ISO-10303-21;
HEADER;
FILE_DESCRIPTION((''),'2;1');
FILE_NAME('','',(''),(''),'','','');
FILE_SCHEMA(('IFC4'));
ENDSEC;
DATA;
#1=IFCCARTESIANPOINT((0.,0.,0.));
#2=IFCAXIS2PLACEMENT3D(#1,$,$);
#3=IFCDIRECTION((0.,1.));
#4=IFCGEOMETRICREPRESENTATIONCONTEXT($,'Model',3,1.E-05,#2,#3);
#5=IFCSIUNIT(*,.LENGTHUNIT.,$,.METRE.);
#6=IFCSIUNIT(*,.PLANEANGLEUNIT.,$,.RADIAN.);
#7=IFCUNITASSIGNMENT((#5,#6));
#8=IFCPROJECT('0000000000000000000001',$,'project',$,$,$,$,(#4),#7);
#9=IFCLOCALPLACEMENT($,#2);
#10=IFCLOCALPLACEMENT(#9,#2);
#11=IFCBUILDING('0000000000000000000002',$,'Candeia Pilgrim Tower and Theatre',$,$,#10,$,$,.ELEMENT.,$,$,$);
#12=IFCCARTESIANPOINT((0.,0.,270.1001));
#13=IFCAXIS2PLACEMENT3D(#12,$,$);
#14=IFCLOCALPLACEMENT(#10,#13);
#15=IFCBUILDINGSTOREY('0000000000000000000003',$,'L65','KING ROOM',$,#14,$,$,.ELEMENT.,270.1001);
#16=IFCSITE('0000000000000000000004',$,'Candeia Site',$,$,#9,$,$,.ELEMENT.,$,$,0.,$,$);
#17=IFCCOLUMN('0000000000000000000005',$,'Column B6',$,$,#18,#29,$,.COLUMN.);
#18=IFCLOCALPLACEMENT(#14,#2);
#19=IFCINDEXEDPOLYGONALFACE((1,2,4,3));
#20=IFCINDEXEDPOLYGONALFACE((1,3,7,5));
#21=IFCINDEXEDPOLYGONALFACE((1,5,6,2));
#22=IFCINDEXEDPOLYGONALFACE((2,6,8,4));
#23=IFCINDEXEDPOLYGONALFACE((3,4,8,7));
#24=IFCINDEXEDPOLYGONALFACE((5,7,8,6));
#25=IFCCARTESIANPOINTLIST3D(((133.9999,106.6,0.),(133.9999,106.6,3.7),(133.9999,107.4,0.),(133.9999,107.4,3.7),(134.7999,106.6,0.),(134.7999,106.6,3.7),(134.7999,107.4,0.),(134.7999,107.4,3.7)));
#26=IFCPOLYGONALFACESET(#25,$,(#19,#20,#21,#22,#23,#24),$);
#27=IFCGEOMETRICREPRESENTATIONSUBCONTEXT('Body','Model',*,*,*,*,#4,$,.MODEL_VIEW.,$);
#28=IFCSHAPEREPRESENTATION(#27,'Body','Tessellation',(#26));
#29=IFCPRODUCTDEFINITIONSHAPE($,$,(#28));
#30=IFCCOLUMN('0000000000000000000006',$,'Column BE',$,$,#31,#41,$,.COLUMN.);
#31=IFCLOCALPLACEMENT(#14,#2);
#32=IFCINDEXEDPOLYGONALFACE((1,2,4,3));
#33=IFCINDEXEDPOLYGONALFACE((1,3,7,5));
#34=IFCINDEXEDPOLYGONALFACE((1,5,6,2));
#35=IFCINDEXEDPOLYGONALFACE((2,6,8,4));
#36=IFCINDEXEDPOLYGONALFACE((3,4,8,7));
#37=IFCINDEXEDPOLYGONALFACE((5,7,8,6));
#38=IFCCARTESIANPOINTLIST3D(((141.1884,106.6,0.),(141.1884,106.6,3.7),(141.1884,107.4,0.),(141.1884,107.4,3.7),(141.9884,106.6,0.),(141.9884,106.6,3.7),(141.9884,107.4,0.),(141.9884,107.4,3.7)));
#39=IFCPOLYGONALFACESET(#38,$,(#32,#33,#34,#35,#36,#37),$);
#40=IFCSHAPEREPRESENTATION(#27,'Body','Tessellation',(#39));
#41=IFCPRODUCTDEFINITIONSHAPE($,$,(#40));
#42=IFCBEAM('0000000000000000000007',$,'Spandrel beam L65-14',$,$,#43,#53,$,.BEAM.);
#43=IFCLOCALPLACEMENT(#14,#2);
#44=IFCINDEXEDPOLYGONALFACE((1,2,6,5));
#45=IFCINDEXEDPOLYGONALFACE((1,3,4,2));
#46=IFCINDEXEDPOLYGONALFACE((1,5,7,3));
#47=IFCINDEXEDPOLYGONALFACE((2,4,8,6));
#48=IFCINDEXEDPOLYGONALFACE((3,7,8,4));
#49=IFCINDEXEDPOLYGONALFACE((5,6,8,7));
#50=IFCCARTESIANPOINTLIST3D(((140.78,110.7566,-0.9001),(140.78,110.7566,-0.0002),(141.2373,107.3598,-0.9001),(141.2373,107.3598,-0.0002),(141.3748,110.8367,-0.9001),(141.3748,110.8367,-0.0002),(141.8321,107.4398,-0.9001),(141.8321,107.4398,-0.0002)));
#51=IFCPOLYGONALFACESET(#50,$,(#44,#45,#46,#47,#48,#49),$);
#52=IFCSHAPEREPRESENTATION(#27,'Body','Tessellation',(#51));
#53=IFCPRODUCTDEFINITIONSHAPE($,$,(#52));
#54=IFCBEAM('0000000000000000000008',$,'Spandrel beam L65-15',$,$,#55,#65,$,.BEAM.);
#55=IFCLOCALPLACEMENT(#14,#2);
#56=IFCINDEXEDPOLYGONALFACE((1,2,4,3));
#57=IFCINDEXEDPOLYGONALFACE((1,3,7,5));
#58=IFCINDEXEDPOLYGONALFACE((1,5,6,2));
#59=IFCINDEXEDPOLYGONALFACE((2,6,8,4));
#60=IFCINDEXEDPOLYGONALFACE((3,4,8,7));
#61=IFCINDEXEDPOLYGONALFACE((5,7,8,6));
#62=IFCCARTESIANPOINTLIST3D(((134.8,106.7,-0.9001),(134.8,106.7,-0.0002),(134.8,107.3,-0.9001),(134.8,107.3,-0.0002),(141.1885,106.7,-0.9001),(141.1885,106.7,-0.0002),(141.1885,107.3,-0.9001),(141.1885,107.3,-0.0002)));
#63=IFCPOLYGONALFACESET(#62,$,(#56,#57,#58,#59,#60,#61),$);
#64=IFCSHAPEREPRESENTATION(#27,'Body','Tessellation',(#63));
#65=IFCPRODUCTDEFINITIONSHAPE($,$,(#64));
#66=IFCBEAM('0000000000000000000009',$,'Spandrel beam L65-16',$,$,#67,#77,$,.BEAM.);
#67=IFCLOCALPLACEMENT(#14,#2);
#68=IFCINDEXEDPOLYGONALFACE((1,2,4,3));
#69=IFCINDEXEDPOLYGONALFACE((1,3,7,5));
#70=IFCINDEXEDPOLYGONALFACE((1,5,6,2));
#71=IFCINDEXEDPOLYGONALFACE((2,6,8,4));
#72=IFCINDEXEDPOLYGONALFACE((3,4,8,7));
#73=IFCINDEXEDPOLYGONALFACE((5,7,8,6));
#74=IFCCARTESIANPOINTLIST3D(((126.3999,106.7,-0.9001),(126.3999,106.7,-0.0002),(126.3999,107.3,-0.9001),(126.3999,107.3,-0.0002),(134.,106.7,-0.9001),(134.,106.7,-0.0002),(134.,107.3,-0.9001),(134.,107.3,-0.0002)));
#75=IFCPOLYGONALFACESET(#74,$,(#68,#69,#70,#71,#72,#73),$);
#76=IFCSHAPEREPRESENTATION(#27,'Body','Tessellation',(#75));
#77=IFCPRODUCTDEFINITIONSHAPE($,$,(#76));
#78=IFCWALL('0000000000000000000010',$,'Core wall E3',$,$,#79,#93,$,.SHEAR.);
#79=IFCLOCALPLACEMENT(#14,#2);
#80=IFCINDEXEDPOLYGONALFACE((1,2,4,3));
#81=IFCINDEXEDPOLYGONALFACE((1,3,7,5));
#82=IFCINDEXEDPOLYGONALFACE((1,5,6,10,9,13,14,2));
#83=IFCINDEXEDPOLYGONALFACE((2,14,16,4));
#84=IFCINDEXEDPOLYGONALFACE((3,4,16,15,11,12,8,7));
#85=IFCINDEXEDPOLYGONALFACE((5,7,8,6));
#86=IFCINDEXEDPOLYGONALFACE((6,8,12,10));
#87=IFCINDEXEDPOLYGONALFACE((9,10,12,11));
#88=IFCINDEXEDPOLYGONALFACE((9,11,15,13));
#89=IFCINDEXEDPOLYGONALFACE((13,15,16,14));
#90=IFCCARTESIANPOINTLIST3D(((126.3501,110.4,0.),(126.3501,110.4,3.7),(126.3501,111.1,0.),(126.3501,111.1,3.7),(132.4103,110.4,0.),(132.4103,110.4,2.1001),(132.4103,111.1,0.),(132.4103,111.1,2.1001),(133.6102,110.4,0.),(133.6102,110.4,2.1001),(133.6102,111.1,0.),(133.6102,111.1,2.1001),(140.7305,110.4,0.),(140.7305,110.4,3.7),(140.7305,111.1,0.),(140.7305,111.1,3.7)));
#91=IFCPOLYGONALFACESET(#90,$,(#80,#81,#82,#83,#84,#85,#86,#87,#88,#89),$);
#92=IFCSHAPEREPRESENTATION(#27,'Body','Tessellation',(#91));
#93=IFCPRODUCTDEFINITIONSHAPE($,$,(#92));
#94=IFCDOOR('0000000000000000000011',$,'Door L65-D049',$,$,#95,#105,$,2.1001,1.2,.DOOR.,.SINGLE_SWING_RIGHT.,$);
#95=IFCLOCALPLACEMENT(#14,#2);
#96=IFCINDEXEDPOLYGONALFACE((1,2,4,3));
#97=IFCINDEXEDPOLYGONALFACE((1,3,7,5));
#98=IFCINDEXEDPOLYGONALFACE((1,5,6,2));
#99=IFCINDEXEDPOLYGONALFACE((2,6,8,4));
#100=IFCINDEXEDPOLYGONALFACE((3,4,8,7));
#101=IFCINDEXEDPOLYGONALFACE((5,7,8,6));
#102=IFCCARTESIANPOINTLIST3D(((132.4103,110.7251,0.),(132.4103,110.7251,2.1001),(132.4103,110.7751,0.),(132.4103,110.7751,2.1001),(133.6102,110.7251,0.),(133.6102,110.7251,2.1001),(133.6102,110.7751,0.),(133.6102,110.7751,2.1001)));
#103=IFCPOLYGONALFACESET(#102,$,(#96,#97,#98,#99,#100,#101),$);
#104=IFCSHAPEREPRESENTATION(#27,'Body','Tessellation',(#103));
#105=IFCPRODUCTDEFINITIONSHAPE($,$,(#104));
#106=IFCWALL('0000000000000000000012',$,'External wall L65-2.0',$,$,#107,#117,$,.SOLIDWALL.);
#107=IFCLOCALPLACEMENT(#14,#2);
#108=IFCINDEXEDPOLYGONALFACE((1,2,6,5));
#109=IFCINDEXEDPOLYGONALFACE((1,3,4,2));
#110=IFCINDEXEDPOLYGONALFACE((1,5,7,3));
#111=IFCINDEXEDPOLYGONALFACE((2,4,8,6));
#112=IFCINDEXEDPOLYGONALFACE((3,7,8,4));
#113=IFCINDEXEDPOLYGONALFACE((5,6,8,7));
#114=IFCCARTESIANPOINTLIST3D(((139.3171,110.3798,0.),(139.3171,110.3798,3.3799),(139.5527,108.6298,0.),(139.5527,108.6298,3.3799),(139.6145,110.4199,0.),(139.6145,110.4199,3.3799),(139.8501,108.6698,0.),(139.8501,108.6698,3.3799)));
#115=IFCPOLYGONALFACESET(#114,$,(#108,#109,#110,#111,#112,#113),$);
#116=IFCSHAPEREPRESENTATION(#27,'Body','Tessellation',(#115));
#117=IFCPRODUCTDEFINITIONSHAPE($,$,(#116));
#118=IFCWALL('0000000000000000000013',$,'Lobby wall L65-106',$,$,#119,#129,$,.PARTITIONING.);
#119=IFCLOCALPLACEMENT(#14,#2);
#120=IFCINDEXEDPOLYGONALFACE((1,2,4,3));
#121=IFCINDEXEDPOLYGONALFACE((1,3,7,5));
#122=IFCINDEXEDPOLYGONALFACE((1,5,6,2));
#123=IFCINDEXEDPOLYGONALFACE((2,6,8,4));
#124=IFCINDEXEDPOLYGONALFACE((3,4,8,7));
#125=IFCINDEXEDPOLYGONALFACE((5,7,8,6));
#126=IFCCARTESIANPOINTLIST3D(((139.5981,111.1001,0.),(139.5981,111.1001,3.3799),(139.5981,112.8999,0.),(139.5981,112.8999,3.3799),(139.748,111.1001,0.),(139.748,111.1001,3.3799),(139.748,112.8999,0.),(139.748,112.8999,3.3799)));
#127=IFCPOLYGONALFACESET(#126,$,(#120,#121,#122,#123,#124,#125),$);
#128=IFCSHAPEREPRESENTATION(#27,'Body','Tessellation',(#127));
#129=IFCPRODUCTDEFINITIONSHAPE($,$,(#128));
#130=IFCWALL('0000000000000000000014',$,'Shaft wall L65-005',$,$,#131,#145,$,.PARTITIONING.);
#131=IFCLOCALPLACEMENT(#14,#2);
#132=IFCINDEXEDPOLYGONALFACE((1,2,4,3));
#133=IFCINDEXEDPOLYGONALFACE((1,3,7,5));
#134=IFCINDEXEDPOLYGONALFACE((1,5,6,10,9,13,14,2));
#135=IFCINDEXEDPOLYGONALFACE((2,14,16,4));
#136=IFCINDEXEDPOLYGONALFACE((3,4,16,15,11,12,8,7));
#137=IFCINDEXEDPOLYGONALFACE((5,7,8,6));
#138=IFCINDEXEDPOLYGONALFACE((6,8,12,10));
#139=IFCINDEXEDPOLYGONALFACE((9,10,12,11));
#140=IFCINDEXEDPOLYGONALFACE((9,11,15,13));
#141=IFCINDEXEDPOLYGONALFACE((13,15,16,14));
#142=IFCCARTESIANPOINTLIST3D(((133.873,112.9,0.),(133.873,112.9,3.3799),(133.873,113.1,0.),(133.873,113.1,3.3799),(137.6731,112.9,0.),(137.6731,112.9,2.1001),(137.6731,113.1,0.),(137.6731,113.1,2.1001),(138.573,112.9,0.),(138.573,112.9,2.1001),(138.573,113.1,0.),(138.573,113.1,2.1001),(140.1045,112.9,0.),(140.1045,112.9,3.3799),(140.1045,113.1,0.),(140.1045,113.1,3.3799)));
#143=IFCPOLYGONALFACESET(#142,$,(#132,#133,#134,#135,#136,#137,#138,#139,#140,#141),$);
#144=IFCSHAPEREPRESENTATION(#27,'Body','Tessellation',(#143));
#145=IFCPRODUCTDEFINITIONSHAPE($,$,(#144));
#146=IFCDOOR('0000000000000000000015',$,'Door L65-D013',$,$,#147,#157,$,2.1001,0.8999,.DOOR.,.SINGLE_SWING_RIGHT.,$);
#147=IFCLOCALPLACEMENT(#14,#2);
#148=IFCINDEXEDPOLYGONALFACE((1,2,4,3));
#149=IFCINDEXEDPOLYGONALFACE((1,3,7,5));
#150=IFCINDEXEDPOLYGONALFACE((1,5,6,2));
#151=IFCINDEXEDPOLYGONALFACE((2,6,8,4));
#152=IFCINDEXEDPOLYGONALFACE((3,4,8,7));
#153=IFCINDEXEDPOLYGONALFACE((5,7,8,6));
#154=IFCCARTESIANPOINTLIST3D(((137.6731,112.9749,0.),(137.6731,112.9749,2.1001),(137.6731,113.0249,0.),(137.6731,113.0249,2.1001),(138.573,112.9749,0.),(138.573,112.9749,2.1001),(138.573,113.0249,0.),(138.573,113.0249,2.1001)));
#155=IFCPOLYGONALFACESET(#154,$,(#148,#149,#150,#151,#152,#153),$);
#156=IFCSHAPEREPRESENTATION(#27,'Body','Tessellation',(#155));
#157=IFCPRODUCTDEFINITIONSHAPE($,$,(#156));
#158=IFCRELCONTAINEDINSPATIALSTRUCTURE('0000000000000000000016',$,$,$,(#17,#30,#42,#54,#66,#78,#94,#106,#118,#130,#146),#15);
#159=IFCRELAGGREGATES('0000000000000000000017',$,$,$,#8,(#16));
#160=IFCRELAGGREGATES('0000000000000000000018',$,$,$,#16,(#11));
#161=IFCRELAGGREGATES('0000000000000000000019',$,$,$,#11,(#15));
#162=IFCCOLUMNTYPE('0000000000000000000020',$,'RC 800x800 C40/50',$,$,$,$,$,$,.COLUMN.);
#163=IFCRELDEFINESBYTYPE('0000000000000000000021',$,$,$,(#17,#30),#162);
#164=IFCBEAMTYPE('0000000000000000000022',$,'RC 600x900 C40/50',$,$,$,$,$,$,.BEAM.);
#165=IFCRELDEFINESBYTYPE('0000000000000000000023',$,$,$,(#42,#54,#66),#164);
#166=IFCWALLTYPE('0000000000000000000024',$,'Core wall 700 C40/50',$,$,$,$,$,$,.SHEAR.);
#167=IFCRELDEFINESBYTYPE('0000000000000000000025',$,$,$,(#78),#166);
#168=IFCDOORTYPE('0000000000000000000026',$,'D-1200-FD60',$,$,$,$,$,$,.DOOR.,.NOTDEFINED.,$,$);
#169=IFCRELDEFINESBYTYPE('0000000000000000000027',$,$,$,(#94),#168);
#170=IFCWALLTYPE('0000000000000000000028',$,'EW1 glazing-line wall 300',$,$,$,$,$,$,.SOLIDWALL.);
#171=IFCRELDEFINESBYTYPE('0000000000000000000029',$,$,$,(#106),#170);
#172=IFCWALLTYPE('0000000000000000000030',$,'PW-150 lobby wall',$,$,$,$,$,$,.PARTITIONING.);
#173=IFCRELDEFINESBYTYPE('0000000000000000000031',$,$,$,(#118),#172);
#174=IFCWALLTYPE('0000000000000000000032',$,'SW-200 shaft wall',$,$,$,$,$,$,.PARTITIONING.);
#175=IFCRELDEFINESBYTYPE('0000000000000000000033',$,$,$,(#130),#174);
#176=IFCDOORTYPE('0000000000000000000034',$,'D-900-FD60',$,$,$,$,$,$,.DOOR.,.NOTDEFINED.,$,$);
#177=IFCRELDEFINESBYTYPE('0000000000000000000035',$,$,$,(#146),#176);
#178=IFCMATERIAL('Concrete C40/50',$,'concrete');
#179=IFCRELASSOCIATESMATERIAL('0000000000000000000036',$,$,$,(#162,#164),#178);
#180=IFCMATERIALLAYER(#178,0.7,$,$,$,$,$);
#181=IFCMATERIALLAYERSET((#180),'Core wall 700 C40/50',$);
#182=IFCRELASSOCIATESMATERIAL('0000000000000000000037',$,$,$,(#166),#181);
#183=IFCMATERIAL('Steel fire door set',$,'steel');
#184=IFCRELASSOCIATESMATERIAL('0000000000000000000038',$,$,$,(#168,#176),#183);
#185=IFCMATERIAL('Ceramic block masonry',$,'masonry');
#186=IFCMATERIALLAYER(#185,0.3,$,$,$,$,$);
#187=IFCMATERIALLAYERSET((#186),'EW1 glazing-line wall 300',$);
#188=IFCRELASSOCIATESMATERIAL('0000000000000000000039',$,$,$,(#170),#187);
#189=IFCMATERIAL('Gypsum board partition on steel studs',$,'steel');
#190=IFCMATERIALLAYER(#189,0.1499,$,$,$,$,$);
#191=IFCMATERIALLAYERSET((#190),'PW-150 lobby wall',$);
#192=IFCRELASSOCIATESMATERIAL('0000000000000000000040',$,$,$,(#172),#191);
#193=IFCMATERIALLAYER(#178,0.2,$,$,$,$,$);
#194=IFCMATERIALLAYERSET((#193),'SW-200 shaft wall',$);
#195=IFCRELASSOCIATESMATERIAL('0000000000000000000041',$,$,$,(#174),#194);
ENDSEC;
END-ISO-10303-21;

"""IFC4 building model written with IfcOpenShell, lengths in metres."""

from ifc_helpers import new_model, si_unit, direction, frame, frame_2d, origin, origin_2d, place, context, subcontext, project, spatial, rectangle, extrude, material, layer, layer_set, material_profile, profile_set, type_object, element, fill, save


model = new_model("IFC4")

# Units and contexts
model_context = context("Model", 3, precision=1e-05, world=origin(), true_north=direction((0.0, 1.0)))
body_context = subcontext(model_context, "Body", "Model", "MODEL_VIEW")
ifc_project = project(units=[si_unit("LENGTHUNIT", "METRE"), si_unit("PLANEANGLEUNIT", "RADIAN")], contexts=[model_context])

# Site, building, storey
site_placement = place(None, origin())
site = spatial("IfcSite", under=ifc_project, at=site_placement, Name="Candeia Site", CompositionType="ELEMENT", RefElevation=0.0)
building_placement = place(site_placement, origin())
building = spatial("IfcBuilding", under=site, at=building_placement, Name="Candeia Pilgrim Tower and Theatre", CompositionType="ELEMENT")
storey_placement = place(building_placement, frame((0.0, 0.0, 270.1001)))
storey = spatial("IfcBuildingStorey", under=building, at=storey_placement, Name="L65", Description="KING ROOM", CompositionType="ELEMENT", Elevation=270.1001)

# Columns
ifc_material_1 = material(Name="Concrete C40/50", Category="concrete")
ifc_material_profile_1 = material_profile(ifc_material_1, rectangle(XDim=0.8, YDim=0.8, at=origin_2d()))
ifc_profile_set_1 = profile_set([ifc_material_profile_1], Name="Concrete C40/50")
column_type = type_object("IfcColumnType", Name="RC 800x800 C40/50", PredefinedType="COLUMN", material=ifc_profile_set_1)
for number, where, z_axis, x_axis, name in (
    (1, (134.3999, 107.0, 0.0), (0.0, 0.0, 1.0), (1.0, 0.0, 0.0), "Column B6"),
    (2, (141.5884, 107.0, 0.0), (0.0, 0.0, 1.0), (1.0, 0.0, 0.0), "Column BE"),
):
    element("IfcColumn", number, at=place(storey_placement, frame(where, z_axis=z_axis, x_axis=x_axis)), inside=storey, type_object=column_type, Name=name, PredefinedType="COLUMN", context=body_context, shape_type="SweptSolid", body=[
        extrude(rectangle(XDim=0.8, YDim=0.8, at=origin_2d()), origin(), (0.0, 0.0, 1.0), 3.7),
    ])

# Beams
ifc_material_profile_2 = material_profile(ifc_material_1, rectangle(XDim=0.6001, YDim=0.8999, at=origin_2d()))
ifc_profile_set_2 = profile_set([ifc_material_profile_2], Name="Concrete C40/50")
beam_type = type_object("IfcBeamType", Name="RC 600x900 C40/50", PredefinedType="BEAM", material=ifc_profile_set_2)
beam_1_placement = place(storey_placement, frame((141.0774, 110.7966, -0.4502), z_axis=(0.133419, -0.99106, 0.0), x_axis=(0.99106, 0.133419, 0.0)))
element("IfcBeam", 3, at=beam_1_placement, inside=storey, type_object=beam_type, Name="Spandrel beam L65-14", PredefinedType="BEAM", context=body_context, shape_type="SweptSolid", body=[
    extrude(rectangle(XDim=0.6001, YDim=0.8999, at=origin_2d()), origin(), (0.0, 0.0, 1.0), 3.4275),
])
beam_2_placement = place(storey_placement, frame((141.1885, 107.0, -0.4502), z_axis=(-1.0, 0.0, 0.0), x_axis=(0.0, -1.0, 0.0)))
element("IfcBeam", 4, at=beam_2_placement, inside=storey, type_object=beam_type, Name="Spandrel beam L65-15", PredefinedType="BEAM", context=body_context, shape_type="SweptSolid", body=[
    extrude(rectangle(XDim=0.6001, YDim=0.8999, at=origin_2d()), origin(), (0.0, 0.0, 1.0), 6.3884),
])
beam_3_placement = place(storey_placement, frame((134.0, 107.0, -0.4502), z_axis=(-1.0, 0.0, 0.0), x_axis=(0.0, -1.0, 0.0)))
element("IfcBeam", 5, at=beam_3_placement, inside=storey, type_object=beam_type, Name="Spandrel beam L65-16", PredefinedType="BEAM", context=body_context, shape_type="SweptSolid", body=[
    extrude(rectangle(XDim=0.6001, YDim=0.8999, at=origin_2d()), origin(), (0.0, 0.0, 1.0), 7.6001),
])

# Wall, opening, door
ifc_layer_1 = layer(ifc_material_1, 0.7)
ifc_layer_set_1 = layer_set([ifc_layer_1], Name="Core wall 700 C40/50")
wall_type_1 = type_object("IfcWallType", Name="Core wall 700 C40/50", PredefinedType="SHEAR", material=ifc_layer_set_1)
wall_1_placement = place(storey_placement, frame((140.7305, 110.75, 0.0), z_axis=(0.0, 0.0, 1.0), x_axis=(-1.0, 0.0, 0.0)))
wall_1 = element("IfcWall", 6, at=wall_1_placement, inside=storey, type_object=wall_type_1, Name="Core wall E3", PredefinedType="SHEAR", context=body_context, shape_type="SweptSolid", body=[
    extrude(rectangle(XDim=14.3804, YDim=0.7, at=frame_2d((7.1902, 0.0))), origin(), (0.0, 0.0, 1.0), 3.7),
])
opening_1_placement = place(wall_1_placement, frame((7.1201, 0.0, 0.0)))
opening_1 = element("IfcOpeningElement", 7, at=opening_1_placement, cuts=wall_1, PredefinedType="OPENING", context=body_context, shape_type="SweptSolid", body=[
    extrude(rectangle(XDim=1.2, YDim=2.1001, at=frame_2d((0.6001, 1.05))), frame((0.0, 0.3599, 0.0), z_axis=(0.0, -1.0, 0.0), x_axis=(1.0, 0.0, 0.0)), (0.0, 0.0, 1.0), 0.72),
])
ifc_material_2 = material(Name="Steel fire door set", Category="steel")
door_type_1 = type_object("IfcDoorType", Name="D-1200-FD60", OperationType="NOTDEFINED", PredefinedType="DOOR", material=ifc_material_2)
door_1_placement = place(opening_1_placement, origin())
door_1 = element("IfcDoor", 8, at=door_1_placement, inside=storey, type_object=door_type_1, Name="Door L65-D049", OperationType="SINGLE_SWING_RIGHT", OverallHeight=2.1001, OverallWidth=1.2, PredefinedType="DOOR", context=body_context, shape_type="SweptSolid", body=[
    extrude(rectangle(XDim=1.2, YDim=2.1001, at=frame_2d((0.6001, 1.05))), frame((0.0, 0.0249, 0.0), z_axis=(0.0, -1.0, 0.0), x_axis=(1.0, 0.0, 0.0)), (0.0, 0.0, 1.0), 0.05),
])
fill(opening_1, door_1)

# Walls
ifc_material_3 = material(Name="Ceramic block masonry", Category="masonry")
ifc_layer_2 = layer(ifc_material_3, 0.3)
ifc_layer_set_2 = layer_set([ifc_layer_2], Name="EW1 glazing-line wall 300")
wall_type_2 = type_object("IfcWallType", Name="EW1 glazing-line wall 300", PredefinedType="SOLIDWALL", material=ifc_layer_set_2)
wall_2_placement = place(storey_placement, frame((139.7014, 108.6499, 0.0), z_axis=(0.0, 0.0, 1.0), x_axis=(-0.133422, 0.991059, 0.0)))
element("IfcWall", 9, at=wall_2_placement, inside=storey, type_object=wall_type_2, Name="External wall L65-2.0", PredefinedType="SOLIDWALL", context=body_context, shape_type="SweptSolid", body=[
    extrude(rectangle(XDim=1.7659, YDim=0.3, at=frame_2d((0.8828, 0.0))), origin(), (0.0, 0.0, 1.0), 3.3799),
])
ifc_material_4 = material(Name="Gypsum board partition on steel studs", Category="steel")
ifc_layer_3 = layer(ifc_material_4, 0.1499)
ifc_layer_set_3 = layer_set([ifc_layer_3], Name="PW-150 lobby wall")
wall_type_3 = type_object("IfcWallType", Name="PW-150 lobby wall", PredefinedType="PARTITIONING", material=ifc_layer_set_3)
wall_3_placement = place(storey_placement, frame((139.6731, 111.1001, 0.0), z_axis=(0.0, 0.0, 1.0), x_axis=(0.0, 1.0, 0.0)))
element("IfcWall", 10, at=wall_3_placement, inside=storey, type_object=wall_type_3, Name="Lobby wall L65-106", PredefinedType="PARTITIONING", context=body_context, shape_type="SweptSolid", body=[
    extrude(rectangle(XDim=1.7998, YDim=0.1499, at=frame_2d((0.8999, 0.0))), origin(), (0.0, 0.0, 1.0), 3.3799),
])

# Wall, opening, door
ifc_layer_4 = layer(ifc_material_1, 0.2)
ifc_layer_set_4 = layer_set([ifc_layer_4], Name="SW-200 shaft wall")
wall_type_4 = type_object("IfcWallType", Name="SW-200 shaft wall", PredefinedType="PARTITIONING", material=ifc_layer_set_4)
wall_4_placement = place(storey_placement, frame((133.873, 113.0, 0.0), z_axis=(0.0, 0.0, 1.0), x_axis=(1.0, 0.0, 0.0)))
wall_4 = element("IfcWall", 11, at=wall_4_placement, inside=storey, type_object=wall_type_4, Name="Shaft wall L65-005", PredefinedType="PARTITIONING", context=body_context, shape_type="SweptSolid", body=[
    extrude(rectangle(XDim=6.2314, YDim=0.2, at=frame_2d((3.1157, 0.0))), origin(), (0.0, 0.0, 1.0), 3.3799),
])
opening_2_placement = place(wall_4_placement, frame((3.8, 0.0, 0.0)))
opening_2 = element("IfcOpeningElement", 12, at=opening_2_placement, cuts=wall_4, PredefinedType="OPENING", context=body_context, shape_type="SweptSolid", body=[
    extrude(rectangle(XDim=0.8999, YDim=2.1001, at=frame_2d((0.45, 1.05))), frame((0.0, 0.1099, 0.0), z_axis=(0.0, -1.0, 0.0), x_axis=(1.0, 0.0, 0.0)), (0.0, 0.0, 1.0), 0.22),
])
door_type_2 = type_object("IfcDoorType", Name="D-900-FD60", OperationType="NOTDEFINED", PredefinedType="DOOR", material=ifc_material_2)
door_2_placement = place(opening_2_placement, origin())
door_2 = element("IfcDoor", 13, at=door_2_placement, inside=storey, type_object=door_type_2, Name="Door L65-D013", OperationType="SINGLE_SWING_RIGHT", OverallHeight=2.1001, OverallWidth=0.8999, PredefinedType="DOOR", context=body_context, shape_type="SweptSolid", body=[
    extrude(rectangle(XDim=0.8999, YDim=2.1001, at=frame_2d((0.45, 1.05))), frame((0.0, 0.0249, 0.0), z_axis=(0.0, -1.0, 0.0), x_axis=(1.0, 0.0, 0.0)), (0.0, 0.0, 1.0), 0.05),
])
fill(opening_2, door_2)

save(model, "model.ifc")
